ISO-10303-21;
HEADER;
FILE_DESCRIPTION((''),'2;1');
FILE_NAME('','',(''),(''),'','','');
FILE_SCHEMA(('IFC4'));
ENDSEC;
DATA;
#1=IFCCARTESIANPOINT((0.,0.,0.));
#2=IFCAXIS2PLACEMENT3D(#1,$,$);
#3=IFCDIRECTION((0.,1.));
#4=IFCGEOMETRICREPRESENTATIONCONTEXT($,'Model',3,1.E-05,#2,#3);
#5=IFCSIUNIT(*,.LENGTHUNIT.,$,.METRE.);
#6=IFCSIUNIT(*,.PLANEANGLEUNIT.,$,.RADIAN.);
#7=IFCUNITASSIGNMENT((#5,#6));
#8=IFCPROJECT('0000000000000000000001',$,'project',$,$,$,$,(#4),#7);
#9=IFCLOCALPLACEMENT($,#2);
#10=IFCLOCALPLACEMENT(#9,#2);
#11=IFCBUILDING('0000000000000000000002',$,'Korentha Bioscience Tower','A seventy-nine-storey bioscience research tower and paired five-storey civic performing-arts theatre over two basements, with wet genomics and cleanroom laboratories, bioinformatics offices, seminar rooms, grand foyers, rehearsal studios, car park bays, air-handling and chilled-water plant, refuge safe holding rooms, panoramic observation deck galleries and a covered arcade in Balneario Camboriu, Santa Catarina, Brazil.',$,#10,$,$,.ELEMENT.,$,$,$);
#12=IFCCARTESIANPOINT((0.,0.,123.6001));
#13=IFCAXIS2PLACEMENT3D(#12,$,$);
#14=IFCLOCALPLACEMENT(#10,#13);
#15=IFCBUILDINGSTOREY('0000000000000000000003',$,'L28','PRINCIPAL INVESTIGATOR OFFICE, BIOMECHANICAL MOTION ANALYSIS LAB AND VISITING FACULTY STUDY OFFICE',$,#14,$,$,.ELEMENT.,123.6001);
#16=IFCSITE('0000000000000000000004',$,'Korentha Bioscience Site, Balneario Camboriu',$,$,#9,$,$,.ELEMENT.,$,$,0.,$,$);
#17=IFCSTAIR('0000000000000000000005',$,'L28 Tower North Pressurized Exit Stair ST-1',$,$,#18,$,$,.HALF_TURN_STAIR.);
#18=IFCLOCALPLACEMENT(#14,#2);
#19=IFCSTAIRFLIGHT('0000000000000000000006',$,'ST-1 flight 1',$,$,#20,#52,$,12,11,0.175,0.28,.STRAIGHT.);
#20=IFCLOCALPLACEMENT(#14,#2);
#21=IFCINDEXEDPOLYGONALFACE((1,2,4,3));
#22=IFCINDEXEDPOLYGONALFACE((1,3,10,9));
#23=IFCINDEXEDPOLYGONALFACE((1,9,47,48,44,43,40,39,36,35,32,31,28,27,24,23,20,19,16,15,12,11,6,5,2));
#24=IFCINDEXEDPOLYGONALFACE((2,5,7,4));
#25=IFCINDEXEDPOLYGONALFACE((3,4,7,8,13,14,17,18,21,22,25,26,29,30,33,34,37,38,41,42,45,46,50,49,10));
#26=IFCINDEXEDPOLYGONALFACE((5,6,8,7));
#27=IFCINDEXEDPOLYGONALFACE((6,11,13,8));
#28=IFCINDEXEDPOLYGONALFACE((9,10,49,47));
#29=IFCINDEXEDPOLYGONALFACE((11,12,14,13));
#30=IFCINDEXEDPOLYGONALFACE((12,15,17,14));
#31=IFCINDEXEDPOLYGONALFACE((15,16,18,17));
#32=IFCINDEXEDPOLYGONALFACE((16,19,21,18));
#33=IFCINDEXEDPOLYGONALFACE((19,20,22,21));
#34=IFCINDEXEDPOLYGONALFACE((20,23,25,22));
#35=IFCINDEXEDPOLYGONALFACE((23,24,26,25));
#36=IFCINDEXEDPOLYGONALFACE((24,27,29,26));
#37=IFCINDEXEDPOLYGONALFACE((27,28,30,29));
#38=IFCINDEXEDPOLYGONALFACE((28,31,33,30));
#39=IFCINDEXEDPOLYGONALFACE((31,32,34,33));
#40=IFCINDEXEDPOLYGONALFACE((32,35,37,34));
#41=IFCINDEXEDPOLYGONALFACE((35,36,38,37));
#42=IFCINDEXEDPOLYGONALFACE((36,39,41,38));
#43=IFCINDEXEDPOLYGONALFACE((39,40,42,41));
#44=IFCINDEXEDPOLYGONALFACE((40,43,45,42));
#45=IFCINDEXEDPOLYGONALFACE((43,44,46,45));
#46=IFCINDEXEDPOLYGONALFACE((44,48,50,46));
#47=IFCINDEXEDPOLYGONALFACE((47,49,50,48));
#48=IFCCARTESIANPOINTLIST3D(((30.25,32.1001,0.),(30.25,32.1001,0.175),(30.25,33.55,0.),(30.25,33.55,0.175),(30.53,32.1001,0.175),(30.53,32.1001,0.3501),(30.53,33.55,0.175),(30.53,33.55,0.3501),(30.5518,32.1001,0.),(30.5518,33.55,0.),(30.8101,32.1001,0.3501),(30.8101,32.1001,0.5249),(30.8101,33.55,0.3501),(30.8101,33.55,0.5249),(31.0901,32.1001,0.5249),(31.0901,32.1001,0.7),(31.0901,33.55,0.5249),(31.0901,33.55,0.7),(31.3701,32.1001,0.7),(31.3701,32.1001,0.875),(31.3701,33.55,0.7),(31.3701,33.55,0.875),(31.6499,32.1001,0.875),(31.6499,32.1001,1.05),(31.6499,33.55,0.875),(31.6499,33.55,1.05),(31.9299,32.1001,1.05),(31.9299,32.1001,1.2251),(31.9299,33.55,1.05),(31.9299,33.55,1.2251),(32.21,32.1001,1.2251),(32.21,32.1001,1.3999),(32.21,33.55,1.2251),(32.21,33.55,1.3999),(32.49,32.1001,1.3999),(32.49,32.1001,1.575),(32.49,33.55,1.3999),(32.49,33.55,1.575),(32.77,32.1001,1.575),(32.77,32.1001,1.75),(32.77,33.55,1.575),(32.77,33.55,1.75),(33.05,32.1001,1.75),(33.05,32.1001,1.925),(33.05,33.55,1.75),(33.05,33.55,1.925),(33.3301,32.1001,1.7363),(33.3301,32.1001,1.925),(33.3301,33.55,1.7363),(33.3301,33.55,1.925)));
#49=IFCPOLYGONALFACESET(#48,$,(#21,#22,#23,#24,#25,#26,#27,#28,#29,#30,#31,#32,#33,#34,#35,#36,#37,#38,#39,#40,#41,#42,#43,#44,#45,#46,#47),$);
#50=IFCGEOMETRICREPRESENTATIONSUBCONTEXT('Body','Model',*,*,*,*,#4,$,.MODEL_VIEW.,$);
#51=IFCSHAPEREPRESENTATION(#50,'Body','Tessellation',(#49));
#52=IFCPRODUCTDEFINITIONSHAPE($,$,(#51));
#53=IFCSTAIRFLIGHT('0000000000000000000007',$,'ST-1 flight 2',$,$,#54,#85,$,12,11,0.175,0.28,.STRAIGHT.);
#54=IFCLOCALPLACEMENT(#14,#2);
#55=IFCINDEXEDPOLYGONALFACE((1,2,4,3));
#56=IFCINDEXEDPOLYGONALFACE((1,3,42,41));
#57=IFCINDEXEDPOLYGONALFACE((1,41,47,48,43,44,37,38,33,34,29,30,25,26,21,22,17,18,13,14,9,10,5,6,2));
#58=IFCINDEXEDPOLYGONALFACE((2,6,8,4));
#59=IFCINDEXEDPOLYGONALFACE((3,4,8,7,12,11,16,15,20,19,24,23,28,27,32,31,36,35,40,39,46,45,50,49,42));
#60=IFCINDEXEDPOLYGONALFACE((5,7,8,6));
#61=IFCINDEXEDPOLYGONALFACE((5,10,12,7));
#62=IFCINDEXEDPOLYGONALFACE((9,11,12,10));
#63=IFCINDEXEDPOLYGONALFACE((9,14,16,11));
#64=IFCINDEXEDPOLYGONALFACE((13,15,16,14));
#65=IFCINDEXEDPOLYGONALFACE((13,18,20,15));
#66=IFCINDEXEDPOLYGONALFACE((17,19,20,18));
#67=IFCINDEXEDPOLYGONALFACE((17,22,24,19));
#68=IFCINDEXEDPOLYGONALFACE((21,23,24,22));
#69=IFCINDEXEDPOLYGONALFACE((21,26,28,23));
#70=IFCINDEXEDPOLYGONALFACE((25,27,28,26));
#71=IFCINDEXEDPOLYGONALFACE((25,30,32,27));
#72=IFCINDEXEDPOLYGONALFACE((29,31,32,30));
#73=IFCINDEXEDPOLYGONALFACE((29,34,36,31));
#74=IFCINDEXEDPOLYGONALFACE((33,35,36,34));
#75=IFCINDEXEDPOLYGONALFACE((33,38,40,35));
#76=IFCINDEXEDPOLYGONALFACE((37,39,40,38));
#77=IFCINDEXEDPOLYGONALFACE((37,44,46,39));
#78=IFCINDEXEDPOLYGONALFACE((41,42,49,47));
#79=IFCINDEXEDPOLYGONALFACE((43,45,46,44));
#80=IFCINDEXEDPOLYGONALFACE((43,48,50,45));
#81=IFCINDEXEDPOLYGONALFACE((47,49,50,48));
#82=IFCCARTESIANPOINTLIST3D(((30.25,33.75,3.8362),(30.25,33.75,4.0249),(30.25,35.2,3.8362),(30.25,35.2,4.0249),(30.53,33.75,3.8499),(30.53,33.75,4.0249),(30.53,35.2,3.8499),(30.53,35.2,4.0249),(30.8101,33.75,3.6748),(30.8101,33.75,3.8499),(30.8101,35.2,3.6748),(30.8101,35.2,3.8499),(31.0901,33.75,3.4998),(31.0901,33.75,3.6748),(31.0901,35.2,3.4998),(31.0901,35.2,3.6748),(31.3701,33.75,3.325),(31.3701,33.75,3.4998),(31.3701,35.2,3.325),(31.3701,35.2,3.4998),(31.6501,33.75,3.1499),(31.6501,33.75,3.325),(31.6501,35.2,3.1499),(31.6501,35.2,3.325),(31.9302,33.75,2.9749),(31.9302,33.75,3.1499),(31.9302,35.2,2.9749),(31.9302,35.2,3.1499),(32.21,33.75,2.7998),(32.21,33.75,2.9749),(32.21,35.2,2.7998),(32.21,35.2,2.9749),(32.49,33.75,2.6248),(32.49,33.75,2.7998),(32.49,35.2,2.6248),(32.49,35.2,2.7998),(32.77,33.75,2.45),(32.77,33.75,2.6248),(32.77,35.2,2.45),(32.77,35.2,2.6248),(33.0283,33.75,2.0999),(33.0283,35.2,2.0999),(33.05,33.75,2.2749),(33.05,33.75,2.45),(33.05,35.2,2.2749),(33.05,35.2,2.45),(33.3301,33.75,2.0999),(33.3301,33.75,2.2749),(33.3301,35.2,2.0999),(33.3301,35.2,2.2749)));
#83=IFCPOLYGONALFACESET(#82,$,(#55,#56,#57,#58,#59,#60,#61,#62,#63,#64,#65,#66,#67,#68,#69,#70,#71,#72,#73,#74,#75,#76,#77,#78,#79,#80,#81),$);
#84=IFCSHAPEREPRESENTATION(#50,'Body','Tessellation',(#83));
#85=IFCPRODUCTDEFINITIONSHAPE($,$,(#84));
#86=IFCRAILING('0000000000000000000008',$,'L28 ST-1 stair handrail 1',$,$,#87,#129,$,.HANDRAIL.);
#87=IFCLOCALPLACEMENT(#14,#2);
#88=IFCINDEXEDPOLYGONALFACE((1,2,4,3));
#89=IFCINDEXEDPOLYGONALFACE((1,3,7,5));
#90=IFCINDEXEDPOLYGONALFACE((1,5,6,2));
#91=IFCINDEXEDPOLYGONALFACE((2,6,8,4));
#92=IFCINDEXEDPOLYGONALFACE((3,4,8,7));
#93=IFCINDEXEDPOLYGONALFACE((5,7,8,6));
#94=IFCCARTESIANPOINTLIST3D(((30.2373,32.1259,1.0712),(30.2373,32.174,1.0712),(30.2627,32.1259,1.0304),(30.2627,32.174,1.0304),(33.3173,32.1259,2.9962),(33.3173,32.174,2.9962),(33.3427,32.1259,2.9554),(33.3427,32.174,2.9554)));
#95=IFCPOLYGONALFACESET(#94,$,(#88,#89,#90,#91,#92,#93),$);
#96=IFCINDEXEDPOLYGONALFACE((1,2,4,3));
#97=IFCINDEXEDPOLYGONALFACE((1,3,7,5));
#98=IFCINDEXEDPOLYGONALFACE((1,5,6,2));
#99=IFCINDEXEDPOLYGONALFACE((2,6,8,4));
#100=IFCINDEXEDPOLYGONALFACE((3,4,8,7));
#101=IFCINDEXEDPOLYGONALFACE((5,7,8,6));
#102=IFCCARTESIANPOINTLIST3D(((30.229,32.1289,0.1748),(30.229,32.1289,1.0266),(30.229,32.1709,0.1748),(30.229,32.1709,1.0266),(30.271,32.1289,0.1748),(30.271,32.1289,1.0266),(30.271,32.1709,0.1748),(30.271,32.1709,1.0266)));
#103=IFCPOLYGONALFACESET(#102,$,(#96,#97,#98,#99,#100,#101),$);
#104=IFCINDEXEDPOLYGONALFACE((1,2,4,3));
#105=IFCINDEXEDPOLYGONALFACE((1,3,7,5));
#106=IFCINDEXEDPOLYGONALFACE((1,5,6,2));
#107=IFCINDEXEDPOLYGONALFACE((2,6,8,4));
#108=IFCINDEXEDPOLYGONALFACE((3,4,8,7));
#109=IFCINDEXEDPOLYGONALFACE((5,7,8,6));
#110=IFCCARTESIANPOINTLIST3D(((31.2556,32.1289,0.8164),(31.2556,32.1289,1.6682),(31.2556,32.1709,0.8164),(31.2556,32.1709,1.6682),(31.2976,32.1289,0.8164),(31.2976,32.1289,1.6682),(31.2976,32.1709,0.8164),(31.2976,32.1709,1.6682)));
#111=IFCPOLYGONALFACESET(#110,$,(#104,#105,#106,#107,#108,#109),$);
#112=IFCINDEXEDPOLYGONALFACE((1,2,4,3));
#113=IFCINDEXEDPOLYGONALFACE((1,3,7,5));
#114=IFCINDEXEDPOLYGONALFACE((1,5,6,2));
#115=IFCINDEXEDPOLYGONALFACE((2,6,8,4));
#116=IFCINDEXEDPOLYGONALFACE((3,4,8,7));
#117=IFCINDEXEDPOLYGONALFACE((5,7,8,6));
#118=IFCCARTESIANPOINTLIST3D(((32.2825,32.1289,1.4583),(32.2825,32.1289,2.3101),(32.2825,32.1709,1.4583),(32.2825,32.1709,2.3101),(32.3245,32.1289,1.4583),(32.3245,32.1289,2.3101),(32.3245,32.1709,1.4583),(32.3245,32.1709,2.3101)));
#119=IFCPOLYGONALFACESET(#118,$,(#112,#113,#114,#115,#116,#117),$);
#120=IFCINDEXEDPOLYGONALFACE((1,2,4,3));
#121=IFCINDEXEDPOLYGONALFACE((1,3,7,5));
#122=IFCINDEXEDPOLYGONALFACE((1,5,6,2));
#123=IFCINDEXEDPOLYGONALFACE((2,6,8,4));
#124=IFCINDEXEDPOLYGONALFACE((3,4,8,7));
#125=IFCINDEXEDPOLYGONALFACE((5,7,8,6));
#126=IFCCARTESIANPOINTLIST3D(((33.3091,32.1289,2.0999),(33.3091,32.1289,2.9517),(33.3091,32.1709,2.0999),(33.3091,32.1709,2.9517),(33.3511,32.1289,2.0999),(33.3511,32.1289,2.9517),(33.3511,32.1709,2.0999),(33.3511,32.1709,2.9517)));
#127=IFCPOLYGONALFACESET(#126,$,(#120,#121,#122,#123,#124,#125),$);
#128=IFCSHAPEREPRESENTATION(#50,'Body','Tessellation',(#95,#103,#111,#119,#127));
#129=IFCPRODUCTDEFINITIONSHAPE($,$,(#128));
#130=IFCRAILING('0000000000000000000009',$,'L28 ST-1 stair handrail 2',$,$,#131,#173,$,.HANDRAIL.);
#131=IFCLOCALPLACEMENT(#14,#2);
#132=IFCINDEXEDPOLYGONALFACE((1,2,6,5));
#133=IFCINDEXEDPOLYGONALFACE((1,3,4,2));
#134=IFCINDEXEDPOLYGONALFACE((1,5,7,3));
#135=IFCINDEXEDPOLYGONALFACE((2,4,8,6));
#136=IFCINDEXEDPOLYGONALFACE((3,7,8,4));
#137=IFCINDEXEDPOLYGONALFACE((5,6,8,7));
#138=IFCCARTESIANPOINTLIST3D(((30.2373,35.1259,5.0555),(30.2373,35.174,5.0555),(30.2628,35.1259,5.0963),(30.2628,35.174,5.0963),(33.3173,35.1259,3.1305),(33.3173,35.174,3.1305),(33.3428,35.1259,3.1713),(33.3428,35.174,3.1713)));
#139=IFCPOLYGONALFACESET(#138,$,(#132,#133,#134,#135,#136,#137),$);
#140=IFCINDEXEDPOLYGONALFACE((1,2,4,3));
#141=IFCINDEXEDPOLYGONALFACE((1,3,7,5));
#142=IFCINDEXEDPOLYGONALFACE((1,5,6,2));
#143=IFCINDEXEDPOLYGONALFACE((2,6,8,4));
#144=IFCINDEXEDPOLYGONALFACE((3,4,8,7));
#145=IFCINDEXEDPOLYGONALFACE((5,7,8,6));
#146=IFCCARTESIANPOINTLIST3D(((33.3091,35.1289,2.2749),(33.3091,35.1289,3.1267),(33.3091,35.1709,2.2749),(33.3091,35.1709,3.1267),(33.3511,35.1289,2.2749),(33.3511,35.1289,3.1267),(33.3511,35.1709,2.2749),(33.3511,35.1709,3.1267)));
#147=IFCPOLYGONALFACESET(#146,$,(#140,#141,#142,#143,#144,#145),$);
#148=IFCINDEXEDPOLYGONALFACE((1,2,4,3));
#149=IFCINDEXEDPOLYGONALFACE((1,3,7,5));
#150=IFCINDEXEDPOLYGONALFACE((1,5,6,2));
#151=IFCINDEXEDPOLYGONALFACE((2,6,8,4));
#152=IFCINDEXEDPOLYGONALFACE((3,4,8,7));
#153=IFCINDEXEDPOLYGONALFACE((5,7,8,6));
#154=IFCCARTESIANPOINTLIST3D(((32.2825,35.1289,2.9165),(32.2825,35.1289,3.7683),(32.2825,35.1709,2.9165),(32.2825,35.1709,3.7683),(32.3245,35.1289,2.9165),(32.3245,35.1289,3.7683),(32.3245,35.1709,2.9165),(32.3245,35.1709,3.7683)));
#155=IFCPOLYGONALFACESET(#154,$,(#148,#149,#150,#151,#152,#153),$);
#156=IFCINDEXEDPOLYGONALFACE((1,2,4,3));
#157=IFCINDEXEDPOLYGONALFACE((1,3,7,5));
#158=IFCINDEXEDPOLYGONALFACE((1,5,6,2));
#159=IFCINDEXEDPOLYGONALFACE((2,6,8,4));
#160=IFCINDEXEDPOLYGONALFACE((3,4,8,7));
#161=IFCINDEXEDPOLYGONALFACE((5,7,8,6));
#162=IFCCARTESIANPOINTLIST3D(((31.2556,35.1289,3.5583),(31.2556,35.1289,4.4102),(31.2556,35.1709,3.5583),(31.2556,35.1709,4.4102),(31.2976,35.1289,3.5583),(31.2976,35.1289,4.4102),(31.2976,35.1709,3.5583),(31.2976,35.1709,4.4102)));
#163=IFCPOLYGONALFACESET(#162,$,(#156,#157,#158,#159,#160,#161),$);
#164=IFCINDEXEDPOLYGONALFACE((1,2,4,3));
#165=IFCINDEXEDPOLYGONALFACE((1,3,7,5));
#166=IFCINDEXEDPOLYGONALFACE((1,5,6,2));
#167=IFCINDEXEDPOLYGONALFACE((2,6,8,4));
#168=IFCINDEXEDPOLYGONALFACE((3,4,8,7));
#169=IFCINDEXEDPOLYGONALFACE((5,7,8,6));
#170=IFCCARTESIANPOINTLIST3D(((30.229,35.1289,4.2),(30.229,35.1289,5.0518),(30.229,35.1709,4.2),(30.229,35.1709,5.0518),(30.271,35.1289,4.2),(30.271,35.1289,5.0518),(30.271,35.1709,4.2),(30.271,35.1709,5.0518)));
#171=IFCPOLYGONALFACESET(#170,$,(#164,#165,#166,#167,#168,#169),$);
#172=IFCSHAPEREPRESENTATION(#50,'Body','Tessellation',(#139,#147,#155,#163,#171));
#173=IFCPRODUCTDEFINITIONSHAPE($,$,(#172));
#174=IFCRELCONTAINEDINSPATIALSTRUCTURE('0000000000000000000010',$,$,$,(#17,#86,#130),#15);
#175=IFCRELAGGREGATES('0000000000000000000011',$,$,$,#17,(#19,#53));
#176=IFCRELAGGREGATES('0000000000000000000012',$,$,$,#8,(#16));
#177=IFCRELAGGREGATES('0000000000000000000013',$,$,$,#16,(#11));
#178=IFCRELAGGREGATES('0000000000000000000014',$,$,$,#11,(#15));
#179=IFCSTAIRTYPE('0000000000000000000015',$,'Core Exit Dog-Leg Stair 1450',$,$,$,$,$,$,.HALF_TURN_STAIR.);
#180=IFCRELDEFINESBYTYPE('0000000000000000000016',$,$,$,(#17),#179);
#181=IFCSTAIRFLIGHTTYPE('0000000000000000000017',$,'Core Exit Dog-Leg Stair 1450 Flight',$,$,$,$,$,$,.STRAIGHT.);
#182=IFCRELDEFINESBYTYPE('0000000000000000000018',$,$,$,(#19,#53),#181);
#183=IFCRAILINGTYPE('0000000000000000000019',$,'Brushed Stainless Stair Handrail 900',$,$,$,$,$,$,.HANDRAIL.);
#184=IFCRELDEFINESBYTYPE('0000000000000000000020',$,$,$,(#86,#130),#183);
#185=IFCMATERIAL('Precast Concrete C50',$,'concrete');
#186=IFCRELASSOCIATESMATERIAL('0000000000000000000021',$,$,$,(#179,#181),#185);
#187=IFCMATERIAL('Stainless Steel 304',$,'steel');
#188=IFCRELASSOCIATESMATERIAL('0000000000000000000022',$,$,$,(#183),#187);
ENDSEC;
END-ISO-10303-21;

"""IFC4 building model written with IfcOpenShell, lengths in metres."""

from ifc_helpers import new_model, si_unit, direction, frame, origin, origin_2d, place, context, subcontext, project, spatial, polyline, rectangle, outline, extrude, material, type_object, element, aggregate, save


model = new_model("IFC4")

# Units and contexts
model_context = context("Model", 3, precision=1e-05, world=origin(), true_north=direction((0.0, 1.0)))
body_context = subcontext(model_context, "Body", "Model", "MODEL_VIEW")
ifc_project = project(units=[si_unit("LENGTHUNIT", "METRE"), si_unit("PLANEANGLEUNIT", "RADIAN")], contexts=[model_context])

# Site, building, storey
site_placement = place(None, origin())
site = spatial("IfcSite", under=ifc_project, at=site_placement, Name="Korentha Bioscience Site, Balneario Camboriu", CompositionType="ELEMENT", RefElevation=0.0)
building_placement = place(site_placement, origin())
building = spatial("IfcBuilding", under=site, at=building_placement, Name="Korentha Bioscience Tower", Description="A seventy-nine-storey bioscience research tower and paired five-storey civic performing-arts theatre over two basements, with wet genomics and cleanroom laboratories, bioinformatics offices, seminar rooms, grand foyers, rehearsal studios, car park bays, air-handling and chilled-water plant, refuge safe holding rooms, panoramic observation deck galleries and a covered arcade in Balneario Camboriu, Santa Catarina, Brazil.", CompositionType="ELEMENT")
storey_placement = place(building_placement, frame((0.0, 0.0, 123.6001)))
storey = spatial("IfcBuildingStorey", under=building, at=storey_placement, Name="L28", Description="PRINCIPAL INVESTIGATOR OFFICE, BIOMECHANICAL MOTION ANALYSIS LAB AND VISITING FACULTY STUDY OFFICE", CompositionType="ELEMENT", Elevation=123.6001)

# Stair, stair flights
ifc_material_1 = material(Name="Precast Concrete C50", Category="concrete")
stair_type = type_object("IfcStairType", Name="Core Exit Dog-Leg Stair 1450", PredefinedType="HALF_TURN_STAIR", material=ifc_material_1)
stair_placement = place(storey_placement, origin())
stair = element("IfcStair", 1, at=stair_placement, inside=storey, type_object=stair_type, Name="L28 Tower North Pressurized Exit Stair ST-1", PredefinedType="HALF_TURN_STAIR")
stair_flight_type = type_object("IfcStairFlightType", Name="Core Exit Dog-Leg Stair 1450 Flight", PredefinedType="STRAIGHT", material=ifc_material_1)
stair_flight_1_placement = place(storey_placement, frame((30.25, 32.825, 0.0), z_axis=(0.0, 0.0, 1.0), x_axis=(1.0, 0.0, 0.0)))
stair_flight_1 = element("IfcStairFlight", 2, at=stair_flight_1_placement, type_object=stair_flight_type, Name="ST-1 flight 1", NumberOfRisers=12, NumberOfTreads=11, PredefinedType="STRAIGHT", RiserHeight=0.175, TreadLength=0.28, context=body_context, shape_type="SweptSolid", body=[
    extrude(outline(polyline([(0.0, 0.0), (0.0, 0.175), (0.28, 0.175), (0.28, 0.3501), (0.5601, 0.3501), (0.5601, 0.5249), (0.8401, 0.5249), (0.8401, 0.7), (1.1201, 0.7), (1.1201, 0.875), (1.3999, 0.875), (1.3999, 1.05), (1.6799, 1.05), (1.6799, 1.2251), (1.96, 1.2251), (1.96, 1.3999), (2.24, 1.3999), (2.24, 1.575), (2.52, 1.575), (2.52, 1.75), (2.8, 1.75), (2.8, 1.925), (3.0801, 1.925), (3.0801, 2.1001), (3.0801, 1.7363), (0.3018, 0.0), (0.0, 0.0)])), frame((0.0, 0.7251, 0.0), z_axis=(0.0, -1.0, 0.0), x_axis=(1.0, 0.0, 0.0)), (0.0, 0.0, 1.0), 1.45),
])
stair_flight_2_placement = place(storey_placement, frame((33.3301, 34.4751, 2.0999), z_axis=(0.0, 0.0, 1.0), x_axis=(-1.0, 0.0, 0.0)))
stair_flight_2 = element("IfcStairFlight", 3, at=stair_flight_2_placement, type_object=stair_flight_type, Name="ST-1 flight 2", NumberOfRisers=12, NumberOfTreads=11, PredefinedType="STRAIGHT", RiserHeight=0.175, TreadLength=0.28, context=body_context, shape_type="SweptSolid", body=[
    extrude(outline(polyline([(0.0, 0.0), (0.0, 0.175), (0.28, 0.175), (0.28, 0.3501), (0.5601, 0.3501), (0.5601, 0.5249), (0.8401, 0.5249), (0.8401, 0.7), (1.1201, 0.7), (1.1201, 0.875), (1.3999, 0.875), (1.3999, 1.05), (1.6799, 1.05), (1.6799, 1.2251), (1.96, 1.2251), (1.96, 1.3999), (2.24, 1.3999), (2.24, 1.575), (2.52, 1.575), (2.52, 1.75), (2.8, 1.75), (2.8, 1.925), (3.0801, 1.925), (3.0801, 2.1001), (3.0801, 1.7363), (0.3018, 0.0), (0.0, 0.0)])), frame((0.0, 0.7251, 0.0), z_axis=(0.0, -1.0, 0.0), x_axis=(1.0, 0.0, 0.0)), (0.0, 0.0, 1.0), 1.45),
])
aggregate(stair, [stair_flight_1, stair_flight_2])

# Railings
ifc_material_2 = material(Name="Stainless Steel 304", Category="steel")
railing_type_1 = type_object("IfcRailingType", Name="Brushed Stainless Stair Handrail 900", PredefinedType="HANDRAIL", material=ifc_material_2)
railing_1_placement = place(storey_placement, frame((30.25, 32.1499, 0.1748)))
element("IfcRailing", 4, at=railing_1_placement, inside=storey, type_object=railing_type_1, Name="L28 ST-1 stair handrail 1", PredefinedType="HANDRAIL", context=body_context, shape_type="SweptSolid", body=[
    extrude(rectangle(XDim=0.0481, YDim=0.0481, at=origin_2d()), frame((0.0, 0.0, 0.876), z_axis=(0.847998, 0.0, 0.529999), x_axis=(0.0, 1.0, 0.0)), (0.0, 0.0, 1.0), 3.6321),
    extrude(rectangle(XDim=0.042, YDim=0.042, at=origin_2d()), origin(), (0.0, 0.0, 1.0), 0.8518),
    extrude(rectangle(XDim=0.042, YDim=0.042, at=origin_2d()), frame((1.0266, 0.0, 0.6416)), (0.0, 0.0, 1.0), 0.8518),
    extrude(rectangle(XDim=0.042, YDim=0.042, at=origin_2d()), frame((2.0535, 0.0, 1.2834)), (0.0, 0.0, 1.0), 0.8518),
    extrude(rectangle(XDim=0.042, YDim=0.042, at=origin_2d()), frame((3.0801, 0.0, 1.925)), (0.0, 0.0, 1.0), 0.8518),
])
railing_2_placement = place(storey_placement, frame((33.3301, 35.1499, 2.2749)))
element("IfcRailing", 5, at=railing_2_placement, inside=storey, type_object=railing_type_1, Name="L28 ST-1 stair handrail 2", PredefinedType="HANDRAIL", context=body_context, shape_type="SweptSolid", body=[
    extrude(rectangle(XDim=0.0481, YDim=0.0481, at=origin_2d()), frame((0.0, 0.0, 0.876), z_axis=(-0.847998, 0.0, 0.529999), x_axis=(0.0, -1.0, 0.0)), (0.0, 0.0, 1.0), 3.6321),
    extrude(rectangle(XDim=0.042, YDim=0.042, at=origin_2d()), origin(), (0.0, 0.0, 1.0), 0.8518),
    extrude(rectangle(XDim=0.042, YDim=0.042, at=origin_2d()), frame((-1.0266, 0.0, 0.6416)), (0.0, 0.0, 1.0), 0.8518),
    extrude(rectangle(XDim=0.042, YDim=0.042, at=origin_2d()), frame((-2.0535, 0.0, 1.2834)), (0.0, 0.0, 1.0), 0.8518),
    extrude(rectangle(XDim=0.042, YDim=0.042, at=origin_2d()), frame((-3.0801, 0.0, 1.925)), (0.0, 0.0, 1.0), 0.8518),
])

save(model, "model.ifc")
